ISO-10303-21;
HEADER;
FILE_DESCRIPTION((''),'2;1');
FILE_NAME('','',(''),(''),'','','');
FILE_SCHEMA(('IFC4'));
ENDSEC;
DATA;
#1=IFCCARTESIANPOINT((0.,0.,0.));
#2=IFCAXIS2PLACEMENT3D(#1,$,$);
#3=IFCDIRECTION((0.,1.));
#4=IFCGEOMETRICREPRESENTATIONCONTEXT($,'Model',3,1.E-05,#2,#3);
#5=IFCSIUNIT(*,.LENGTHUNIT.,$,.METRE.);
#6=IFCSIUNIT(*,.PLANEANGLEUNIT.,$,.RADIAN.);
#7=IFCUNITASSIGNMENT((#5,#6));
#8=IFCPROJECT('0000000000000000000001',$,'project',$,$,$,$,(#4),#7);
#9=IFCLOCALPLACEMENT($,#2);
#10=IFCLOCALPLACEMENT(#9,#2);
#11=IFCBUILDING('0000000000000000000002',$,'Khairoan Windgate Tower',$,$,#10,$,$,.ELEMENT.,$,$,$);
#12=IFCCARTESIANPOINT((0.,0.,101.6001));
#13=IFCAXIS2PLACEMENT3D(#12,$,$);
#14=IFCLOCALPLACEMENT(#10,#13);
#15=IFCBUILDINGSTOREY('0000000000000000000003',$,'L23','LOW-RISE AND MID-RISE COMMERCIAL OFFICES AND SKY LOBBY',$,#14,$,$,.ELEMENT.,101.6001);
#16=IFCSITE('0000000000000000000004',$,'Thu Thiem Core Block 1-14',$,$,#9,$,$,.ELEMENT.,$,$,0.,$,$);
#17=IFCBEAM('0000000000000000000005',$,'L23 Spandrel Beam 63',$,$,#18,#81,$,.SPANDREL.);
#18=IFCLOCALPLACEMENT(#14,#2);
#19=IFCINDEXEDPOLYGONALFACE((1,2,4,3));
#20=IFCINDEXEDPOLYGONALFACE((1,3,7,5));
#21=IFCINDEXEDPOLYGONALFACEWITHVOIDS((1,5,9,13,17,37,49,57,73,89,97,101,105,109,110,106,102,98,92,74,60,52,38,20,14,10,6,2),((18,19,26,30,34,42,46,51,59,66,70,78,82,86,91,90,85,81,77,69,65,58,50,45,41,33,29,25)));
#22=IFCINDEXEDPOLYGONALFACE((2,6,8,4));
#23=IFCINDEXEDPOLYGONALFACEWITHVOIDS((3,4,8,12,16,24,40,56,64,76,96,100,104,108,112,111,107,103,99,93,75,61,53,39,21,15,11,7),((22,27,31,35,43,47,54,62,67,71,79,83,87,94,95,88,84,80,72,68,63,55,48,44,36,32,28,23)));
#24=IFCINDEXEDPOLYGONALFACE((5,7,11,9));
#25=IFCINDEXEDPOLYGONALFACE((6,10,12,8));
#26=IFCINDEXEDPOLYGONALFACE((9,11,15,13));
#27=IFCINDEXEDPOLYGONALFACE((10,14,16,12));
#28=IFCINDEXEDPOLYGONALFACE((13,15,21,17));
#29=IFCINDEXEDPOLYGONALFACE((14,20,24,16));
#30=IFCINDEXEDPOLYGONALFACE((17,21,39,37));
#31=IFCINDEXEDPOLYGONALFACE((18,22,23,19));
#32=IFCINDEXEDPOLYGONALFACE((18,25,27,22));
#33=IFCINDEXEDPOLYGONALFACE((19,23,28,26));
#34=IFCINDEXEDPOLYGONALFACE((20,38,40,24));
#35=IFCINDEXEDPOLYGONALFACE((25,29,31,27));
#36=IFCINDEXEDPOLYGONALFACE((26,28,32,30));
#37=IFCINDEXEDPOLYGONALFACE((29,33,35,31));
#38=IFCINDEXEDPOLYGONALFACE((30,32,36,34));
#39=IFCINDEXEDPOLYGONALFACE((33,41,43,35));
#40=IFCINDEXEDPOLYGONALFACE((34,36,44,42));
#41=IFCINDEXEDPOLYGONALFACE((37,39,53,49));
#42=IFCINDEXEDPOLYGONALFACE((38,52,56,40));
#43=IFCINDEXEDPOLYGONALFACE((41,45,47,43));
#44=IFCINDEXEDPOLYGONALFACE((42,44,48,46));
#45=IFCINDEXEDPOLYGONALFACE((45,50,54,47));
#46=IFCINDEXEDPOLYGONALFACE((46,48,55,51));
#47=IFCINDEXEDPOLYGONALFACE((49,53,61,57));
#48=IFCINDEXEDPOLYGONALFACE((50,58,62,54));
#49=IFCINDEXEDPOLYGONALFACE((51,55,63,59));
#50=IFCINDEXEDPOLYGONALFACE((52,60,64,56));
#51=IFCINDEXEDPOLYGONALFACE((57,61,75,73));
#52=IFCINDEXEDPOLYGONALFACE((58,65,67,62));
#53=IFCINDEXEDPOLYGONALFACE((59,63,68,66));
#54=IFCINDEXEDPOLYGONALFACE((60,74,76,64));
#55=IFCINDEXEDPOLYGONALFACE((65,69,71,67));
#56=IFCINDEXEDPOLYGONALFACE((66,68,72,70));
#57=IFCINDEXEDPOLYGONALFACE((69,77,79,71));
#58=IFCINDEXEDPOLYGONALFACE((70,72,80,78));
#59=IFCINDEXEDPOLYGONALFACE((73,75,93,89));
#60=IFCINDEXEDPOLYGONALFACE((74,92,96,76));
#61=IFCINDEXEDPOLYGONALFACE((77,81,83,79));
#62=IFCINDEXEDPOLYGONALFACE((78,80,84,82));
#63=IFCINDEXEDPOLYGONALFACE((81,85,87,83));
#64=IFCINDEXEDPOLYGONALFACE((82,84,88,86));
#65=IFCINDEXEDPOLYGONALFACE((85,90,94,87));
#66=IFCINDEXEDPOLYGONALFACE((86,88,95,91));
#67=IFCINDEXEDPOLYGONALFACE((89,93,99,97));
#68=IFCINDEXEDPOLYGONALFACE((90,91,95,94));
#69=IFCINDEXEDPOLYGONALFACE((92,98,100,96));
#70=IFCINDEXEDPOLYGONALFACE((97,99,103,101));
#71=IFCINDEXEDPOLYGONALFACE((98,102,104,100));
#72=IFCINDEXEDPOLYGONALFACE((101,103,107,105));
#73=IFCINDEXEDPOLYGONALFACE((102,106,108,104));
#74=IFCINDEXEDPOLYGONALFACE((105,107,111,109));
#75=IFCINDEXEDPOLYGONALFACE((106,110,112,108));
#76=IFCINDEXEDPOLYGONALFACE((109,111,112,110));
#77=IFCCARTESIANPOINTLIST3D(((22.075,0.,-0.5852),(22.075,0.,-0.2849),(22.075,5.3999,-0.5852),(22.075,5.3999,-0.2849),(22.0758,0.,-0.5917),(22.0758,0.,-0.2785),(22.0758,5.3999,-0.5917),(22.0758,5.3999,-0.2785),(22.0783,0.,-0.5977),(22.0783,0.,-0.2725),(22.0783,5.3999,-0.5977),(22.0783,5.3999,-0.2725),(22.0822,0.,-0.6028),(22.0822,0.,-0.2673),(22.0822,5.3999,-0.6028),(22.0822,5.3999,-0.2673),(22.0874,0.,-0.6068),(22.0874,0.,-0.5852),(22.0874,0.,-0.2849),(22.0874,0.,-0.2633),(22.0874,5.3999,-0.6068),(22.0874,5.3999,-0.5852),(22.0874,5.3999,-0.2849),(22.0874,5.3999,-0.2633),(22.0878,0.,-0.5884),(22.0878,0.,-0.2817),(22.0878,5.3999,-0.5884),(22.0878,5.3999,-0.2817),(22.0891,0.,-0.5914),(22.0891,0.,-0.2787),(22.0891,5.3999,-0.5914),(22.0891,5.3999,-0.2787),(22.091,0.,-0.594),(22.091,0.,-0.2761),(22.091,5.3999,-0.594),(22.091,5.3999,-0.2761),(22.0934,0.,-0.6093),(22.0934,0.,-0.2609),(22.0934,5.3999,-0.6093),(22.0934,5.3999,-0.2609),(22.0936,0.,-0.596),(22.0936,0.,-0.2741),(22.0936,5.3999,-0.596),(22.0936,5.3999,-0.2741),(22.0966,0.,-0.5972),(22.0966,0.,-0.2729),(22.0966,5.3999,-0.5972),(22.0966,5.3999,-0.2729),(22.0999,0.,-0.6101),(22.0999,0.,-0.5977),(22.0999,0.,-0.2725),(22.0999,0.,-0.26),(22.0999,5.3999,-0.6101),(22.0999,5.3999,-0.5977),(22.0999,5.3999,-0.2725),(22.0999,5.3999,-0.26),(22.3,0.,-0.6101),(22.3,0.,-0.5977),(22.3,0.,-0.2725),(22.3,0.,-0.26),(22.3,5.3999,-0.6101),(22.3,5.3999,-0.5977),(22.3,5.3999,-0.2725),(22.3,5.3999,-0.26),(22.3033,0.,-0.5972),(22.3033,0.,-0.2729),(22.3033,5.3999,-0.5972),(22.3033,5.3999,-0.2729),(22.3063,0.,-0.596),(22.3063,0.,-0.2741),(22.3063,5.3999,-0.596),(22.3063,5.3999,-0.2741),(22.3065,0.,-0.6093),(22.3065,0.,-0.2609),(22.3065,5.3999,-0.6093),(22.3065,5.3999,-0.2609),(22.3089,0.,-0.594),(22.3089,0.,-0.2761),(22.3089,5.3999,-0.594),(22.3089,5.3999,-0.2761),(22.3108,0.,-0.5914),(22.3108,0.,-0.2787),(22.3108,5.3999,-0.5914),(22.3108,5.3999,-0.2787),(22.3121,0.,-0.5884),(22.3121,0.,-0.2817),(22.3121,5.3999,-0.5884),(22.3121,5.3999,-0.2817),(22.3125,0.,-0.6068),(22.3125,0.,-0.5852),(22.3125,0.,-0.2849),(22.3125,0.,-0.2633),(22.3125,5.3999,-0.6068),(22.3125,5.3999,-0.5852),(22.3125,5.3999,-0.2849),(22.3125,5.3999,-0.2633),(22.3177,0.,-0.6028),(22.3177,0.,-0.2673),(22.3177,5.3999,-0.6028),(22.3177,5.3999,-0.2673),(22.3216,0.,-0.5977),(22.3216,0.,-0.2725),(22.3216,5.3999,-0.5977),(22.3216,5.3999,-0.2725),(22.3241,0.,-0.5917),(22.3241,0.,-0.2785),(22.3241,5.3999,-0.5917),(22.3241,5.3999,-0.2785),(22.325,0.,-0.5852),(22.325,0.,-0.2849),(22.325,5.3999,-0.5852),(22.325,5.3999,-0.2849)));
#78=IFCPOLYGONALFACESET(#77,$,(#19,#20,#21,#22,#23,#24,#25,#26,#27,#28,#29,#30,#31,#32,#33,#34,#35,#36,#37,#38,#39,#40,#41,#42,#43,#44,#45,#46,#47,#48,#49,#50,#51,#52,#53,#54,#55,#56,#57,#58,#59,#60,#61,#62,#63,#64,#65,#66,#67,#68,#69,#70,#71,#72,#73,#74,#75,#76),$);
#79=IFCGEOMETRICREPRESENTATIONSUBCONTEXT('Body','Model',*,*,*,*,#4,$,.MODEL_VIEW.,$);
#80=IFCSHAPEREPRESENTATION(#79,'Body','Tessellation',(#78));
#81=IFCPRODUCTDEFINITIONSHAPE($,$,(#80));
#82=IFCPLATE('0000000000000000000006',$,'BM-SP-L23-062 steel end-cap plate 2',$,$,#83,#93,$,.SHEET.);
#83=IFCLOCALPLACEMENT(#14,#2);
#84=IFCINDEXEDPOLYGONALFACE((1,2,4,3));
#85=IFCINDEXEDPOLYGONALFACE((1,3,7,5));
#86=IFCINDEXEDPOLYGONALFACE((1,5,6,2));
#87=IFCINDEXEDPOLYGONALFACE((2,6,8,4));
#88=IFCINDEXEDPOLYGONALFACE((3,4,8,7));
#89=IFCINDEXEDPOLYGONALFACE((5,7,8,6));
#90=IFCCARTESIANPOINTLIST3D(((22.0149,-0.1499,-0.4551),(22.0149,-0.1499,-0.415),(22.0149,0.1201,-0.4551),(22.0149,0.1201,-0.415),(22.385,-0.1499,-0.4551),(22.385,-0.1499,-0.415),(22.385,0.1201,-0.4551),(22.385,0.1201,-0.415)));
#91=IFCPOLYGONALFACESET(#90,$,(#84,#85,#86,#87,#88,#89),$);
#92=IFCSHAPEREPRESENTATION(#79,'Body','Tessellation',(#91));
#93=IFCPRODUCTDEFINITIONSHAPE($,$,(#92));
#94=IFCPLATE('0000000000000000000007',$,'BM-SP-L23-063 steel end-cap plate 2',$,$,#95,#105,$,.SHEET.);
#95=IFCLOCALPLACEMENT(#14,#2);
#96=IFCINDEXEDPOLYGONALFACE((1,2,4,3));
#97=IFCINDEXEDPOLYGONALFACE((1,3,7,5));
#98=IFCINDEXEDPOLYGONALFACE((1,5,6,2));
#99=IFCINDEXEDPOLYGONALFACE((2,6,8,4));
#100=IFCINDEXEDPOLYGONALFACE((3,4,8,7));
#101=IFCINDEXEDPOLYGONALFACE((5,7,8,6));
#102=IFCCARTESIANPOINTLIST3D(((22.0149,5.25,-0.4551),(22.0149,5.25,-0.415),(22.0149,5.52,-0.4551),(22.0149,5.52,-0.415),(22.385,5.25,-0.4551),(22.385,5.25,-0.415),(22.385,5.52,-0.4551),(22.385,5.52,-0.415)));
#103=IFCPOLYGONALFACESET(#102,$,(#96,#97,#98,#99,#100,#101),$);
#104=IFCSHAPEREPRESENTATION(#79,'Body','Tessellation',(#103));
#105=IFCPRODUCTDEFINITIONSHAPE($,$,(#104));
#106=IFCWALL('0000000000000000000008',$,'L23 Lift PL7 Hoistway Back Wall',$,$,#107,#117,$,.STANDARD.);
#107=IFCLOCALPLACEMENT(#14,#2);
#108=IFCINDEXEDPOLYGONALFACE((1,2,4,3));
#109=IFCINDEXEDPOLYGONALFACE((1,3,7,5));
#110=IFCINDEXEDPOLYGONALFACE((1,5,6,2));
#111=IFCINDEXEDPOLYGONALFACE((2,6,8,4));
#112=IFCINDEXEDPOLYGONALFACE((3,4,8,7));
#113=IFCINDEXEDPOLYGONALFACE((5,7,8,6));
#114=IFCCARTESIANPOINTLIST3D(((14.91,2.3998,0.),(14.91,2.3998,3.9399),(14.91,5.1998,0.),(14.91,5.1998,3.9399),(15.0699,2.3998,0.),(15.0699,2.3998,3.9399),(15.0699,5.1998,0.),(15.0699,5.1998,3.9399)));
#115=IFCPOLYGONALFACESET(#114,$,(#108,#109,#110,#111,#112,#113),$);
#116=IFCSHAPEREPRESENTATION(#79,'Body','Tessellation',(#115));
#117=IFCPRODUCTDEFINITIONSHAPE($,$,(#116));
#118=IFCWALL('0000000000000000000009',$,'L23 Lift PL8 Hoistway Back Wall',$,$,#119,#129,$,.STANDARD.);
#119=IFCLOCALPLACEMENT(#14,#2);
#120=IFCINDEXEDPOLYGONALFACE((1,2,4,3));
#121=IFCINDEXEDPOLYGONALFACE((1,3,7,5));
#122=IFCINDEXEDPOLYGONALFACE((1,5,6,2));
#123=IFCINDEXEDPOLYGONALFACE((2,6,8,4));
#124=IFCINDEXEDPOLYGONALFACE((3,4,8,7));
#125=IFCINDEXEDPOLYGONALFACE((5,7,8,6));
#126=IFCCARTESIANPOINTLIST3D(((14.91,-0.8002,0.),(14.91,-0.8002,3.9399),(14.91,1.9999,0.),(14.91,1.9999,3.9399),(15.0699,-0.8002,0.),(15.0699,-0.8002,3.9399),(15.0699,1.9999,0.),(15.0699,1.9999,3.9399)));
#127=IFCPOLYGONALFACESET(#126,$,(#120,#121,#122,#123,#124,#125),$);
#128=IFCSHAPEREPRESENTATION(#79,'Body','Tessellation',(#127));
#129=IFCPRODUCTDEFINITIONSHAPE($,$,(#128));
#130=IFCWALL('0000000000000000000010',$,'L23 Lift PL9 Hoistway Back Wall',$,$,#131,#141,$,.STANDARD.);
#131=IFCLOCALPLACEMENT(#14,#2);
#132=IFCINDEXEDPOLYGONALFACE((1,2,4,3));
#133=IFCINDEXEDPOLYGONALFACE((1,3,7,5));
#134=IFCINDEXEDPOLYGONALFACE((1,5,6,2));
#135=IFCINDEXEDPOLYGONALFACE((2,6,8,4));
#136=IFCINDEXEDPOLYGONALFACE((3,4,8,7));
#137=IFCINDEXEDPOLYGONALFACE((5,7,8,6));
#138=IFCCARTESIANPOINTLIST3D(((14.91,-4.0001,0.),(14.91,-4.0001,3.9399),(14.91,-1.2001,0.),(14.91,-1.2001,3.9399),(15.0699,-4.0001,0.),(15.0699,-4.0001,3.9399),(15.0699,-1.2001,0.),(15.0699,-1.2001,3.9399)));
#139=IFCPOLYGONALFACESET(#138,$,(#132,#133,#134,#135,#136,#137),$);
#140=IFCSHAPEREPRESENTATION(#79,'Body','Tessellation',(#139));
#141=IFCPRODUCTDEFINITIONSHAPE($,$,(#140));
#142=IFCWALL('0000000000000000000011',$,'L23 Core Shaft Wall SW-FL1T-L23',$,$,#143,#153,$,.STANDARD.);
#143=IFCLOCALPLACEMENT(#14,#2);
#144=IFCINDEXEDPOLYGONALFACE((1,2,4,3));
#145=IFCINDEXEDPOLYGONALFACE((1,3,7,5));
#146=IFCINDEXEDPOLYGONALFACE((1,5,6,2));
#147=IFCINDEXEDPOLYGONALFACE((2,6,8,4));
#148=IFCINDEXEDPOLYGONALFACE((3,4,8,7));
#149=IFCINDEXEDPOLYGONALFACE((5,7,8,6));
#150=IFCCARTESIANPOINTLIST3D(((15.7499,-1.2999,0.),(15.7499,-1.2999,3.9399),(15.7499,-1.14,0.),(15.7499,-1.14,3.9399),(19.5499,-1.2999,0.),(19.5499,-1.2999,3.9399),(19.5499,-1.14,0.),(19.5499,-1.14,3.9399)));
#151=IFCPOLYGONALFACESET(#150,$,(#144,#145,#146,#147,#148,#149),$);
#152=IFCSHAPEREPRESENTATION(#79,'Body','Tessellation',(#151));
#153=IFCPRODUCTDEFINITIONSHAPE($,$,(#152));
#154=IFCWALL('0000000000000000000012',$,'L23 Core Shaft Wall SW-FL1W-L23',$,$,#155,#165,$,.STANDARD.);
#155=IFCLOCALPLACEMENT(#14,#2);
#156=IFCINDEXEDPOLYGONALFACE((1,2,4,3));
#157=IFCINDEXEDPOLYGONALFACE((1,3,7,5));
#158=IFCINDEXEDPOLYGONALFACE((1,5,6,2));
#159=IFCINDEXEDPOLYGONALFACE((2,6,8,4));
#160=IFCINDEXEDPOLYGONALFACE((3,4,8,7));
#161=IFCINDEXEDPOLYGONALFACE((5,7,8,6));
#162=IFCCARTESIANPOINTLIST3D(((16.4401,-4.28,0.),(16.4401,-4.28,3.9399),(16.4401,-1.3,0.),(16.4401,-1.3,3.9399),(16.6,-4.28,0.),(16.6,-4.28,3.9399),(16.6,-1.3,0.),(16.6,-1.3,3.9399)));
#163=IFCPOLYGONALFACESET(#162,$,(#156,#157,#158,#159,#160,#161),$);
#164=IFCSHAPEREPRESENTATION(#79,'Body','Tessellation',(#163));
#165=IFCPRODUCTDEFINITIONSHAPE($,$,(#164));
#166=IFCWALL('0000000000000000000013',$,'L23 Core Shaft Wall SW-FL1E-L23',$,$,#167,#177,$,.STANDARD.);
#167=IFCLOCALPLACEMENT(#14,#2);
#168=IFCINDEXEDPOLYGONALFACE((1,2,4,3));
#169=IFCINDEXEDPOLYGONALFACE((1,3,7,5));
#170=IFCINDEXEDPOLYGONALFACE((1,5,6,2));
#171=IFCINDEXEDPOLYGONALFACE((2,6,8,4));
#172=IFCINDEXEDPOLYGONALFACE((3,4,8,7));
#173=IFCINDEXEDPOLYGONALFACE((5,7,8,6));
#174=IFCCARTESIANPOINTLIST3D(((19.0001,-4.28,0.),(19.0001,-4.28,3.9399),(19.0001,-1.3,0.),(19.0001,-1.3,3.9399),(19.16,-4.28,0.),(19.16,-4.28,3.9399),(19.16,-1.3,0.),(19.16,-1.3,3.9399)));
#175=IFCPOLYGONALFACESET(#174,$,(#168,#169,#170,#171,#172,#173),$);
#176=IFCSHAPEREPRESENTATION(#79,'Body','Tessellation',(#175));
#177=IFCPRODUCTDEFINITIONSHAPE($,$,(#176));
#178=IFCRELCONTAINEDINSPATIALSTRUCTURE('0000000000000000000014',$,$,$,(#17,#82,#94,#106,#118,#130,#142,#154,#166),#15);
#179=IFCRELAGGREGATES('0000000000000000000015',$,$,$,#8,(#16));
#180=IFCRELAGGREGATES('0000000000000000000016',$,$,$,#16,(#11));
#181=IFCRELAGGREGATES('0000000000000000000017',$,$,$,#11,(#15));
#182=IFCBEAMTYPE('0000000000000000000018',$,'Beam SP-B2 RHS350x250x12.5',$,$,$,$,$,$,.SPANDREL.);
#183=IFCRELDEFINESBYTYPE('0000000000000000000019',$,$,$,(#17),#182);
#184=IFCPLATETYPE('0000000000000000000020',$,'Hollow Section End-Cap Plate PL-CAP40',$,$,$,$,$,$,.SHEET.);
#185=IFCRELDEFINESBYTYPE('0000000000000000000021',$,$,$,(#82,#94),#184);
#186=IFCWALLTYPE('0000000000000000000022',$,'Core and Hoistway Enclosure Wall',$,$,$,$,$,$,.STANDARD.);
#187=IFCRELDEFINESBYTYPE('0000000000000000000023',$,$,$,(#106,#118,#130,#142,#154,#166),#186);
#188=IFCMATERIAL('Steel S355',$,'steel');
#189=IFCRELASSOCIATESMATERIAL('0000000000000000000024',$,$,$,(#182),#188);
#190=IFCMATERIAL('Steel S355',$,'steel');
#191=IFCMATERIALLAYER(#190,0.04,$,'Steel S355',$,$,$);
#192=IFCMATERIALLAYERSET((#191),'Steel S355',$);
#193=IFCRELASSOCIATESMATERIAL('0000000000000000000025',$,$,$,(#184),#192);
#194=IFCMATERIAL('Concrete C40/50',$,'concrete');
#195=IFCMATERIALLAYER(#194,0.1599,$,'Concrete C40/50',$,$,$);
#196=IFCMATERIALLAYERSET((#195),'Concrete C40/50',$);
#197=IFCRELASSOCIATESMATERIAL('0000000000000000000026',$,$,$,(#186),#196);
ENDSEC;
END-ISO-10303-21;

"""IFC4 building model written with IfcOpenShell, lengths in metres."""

from ifc_helpers import new_model, si_unit, direction, frame, frame_2d, origin, origin_2d, place, context, subcontext, project, spatial, rectangle, hollow_rectangle, extrude, material, layer, layer_set, material_profile, profile_set, type_object, element, save


model = new_model("IFC4")

# Units and contexts
model_context = context("Model", 3, precision=1e-05, world=origin(), true_north=direction((0.0, 1.0)))
body_context = subcontext(model_context, "Body", "Model", "MODEL_VIEW")
ifc_project = project(units=[si_unit("LENGTHUNIT", "METRE"), si_unit("PLANEANGLEUNIT", "RADIAN")], contexts=[model_context])

# Site, building, storey
site_placement = place(None, origin())
site = spatial("IfcSite", under=ifc_project, at=site_placement, Name="Thu Thiem Core Block 1-14", CompositionType="ELEMENT", RefElevation=0.0)
building_placement = place(site_placement, origin())
building = spatial("IfcBuilding", under=site, at=building_placement, Name="Khairoan Windgate Tower", CompositionType="ELEMENT")
storey_placement = place(building_placement, frame((0.0, 0.0, 101.6001)))
storey = spatial("IfcBuildingStorey", under=building, at=storey_placement, Name="L23", Description="LOW-RISE AND MID-RISE COMMERCIAL OFFICES AND SKY LOBBY", CompositionType="ELEMENT", Elevation=101.6001)

# Beam
ifc_material_1 = material(Name="Steel S355", Category="steel")
ifc_material_profile_1 = material_profile(ifc_material_1, hollow_rectangle(XDim=0.25, YDim=0.3501, WallThickness=0.0125, InnerFilletRadius=0.0125, OuterFilletRadius=0.0249, at=origin_2d()))
ifc_profile_set_1 = profile_set([ifc_material_profile_1], Name="Steel S355")
beam_type_1 = type_object("IfcBeamType", Name="Beam SP-B2 RHS350x250x12.5", PredefinedType="SPANDREL", material=ifc_profile_set_1)
beam_1_placement = place(storey_placement, frame((22.2, 0.0, -0.4351), z_axis=(0.0, 1.0, 0.0), x_axis=(-1.0, 0.0, 0.0)))
element("IfcBeam", 1, at=beam_1_placement, inside=storey, type_object=beam_type_1, Name="L23 Spandrel Beam 63", PredefinedType="SPANDREL", context=body_context, shape_type="SweptSolid", body=[
    extrude(hollow_rectangle(XDim=0.25, YDim=0.3501, WallThickness=0.0125, InnerFilletRadius=0.0125, OuterFilletRadius=0.0249, at=origin_2d()), origin(), (0.0, 0.0, 1.0), 5.3999),
])

# Plates
ifc_material_2 = material(Name="Steel S355", Category="steel")
ifc_layer_1 = layer(ifc_material_2, 0.04, Name="Steel S355")
ifc_layer_set_1 = layer_set([ifc_layer_1], Name="Steel S355")
plate_type = type_object("IfcPlateType", Name="Hollow Section End-Cap Plate PL-CAP40", PredefinedType="SHEET", material=ifc_layer_set_1)
for number, where, z_axis, x_axis, name in (
    (2, (22.2, -0.0149, -0.4551), (0.0, 0.0, 1.0), (0.0, 1.0, 0.0), "BM-SP-L23-062 steel end-cap plate 2"),
    (3, (22.2, 5.385, -0.4551), (0.0, 0.0, 1.0), (0.0, 1.0, 0.0), "BM-SP-L23-063 steel end-cap plate 2"),
):
    element("IfcPlate", number, at=place(storey_placement, frame(where, z_axis=z_axis, x_axis=x_axis)), inside=storey, type_object=plate_type, Name=name, PredefinedType="SHEET", context=body_context, shape_type="SweptSolid", body=[
        extrude(rectangle(XDim=0.27, YDim=0.3701, at=origin_2d()), origin(), (0.0, 0.0, 1.0), 0.04),
    ])

# Walls
ifc_material_3 = material(Name="Concrete C40/50", Category="concrete")
ifc_layer_2 = layer(ifc_material_3, 0.1599, Name="Concrete C40/50")
ifc_layer_set_2 = layer_set([ifc_layer_2], Name="Concrete C40/50")
wall_type_1 = type_object("IfcWallType", Name="Core and Hoistway Enclosure Wall", PredefinedType="STANDARD", material=ifc_layer_set_2)
for number, where, z_axis, x_axis, name in (
    (4, (14.99, 2.3999, 0.0), (0.0, 0.0, 1.0), (0.0, 1.0, 0.0), "L23 Lift PL7 Hoistway Back Wall"),
    (5, (14.99, -0.8, 0.0), (0.0, 0.0, 1.0), (0.0, 1.0, 0.0), "L23 Lift PL8 Hoistway Back Wall"),
    (6, (14.99, -4.0, 0.0), (0.0, 0.0, 1.0), (0.0, 1.0, 0.0), "L23 Lift PL9 Hoistway Back Wall"),
):
    element("IfcWall", number, at=place(storey_placement, frame(where, z_axis=z_axis, x_axis=x_axis)), inside=storey, type_object=wall_type_1, Name=name, PredefinedType="STANDARD", context=body_context, shape_type="SweptSolid", body=[
        extrude(rectangle(XDim=2.8, YDim=0.1599, at=frame_2d((1.3999, 0.0))), origin(), (0.0, 0.0, 1.0), 3.9399),
    ])
wall_1_placement = place(storey_placement, frame((15.75, -1.22, 0.0), z_axis=(0.0, 0.0, 1.0), x_axis=(1.0, 0.0, 0.0)))
element("IfcWall", 7, at=wall_1_placement, inside=storey, type_object=wall_type_1, Name="L23 Core Shaft Wall SW-FL1T-L23", PredefinedType="STANDARD", context=body_context, shape_type="SweptSolid", body=[
    extrude(rectangle(XDim=3.8, YDim=0.1599, at=frame_2d((1.8999, 0.0))), origin(), (0.0, 0.0, 1.0), 3.9399),
])
for number, where, z_axis, x_axis, name in (
    (8, (16.52, -4.28, 0.0), (0.0, 0.0, 1.0), (0.0, 1.0, 0.0), "L23 Core Shaft Wall SW-FL1W-L23"),
    (9, (19.0801, -4.28, 0.0), (0.0, 0.0, 1.0), (0.0, 1.0, 0.0), "L23 Core Shaft Wall SW-FL1E-L23"),
):
    element("IfcWall", number, at=place(storey_placement, frame(where, z_axis=z_axis, x_axis=x_axis)), inside=storey, type_object=wall_type_1, Name=name, PredefinedType="STANDARD", context=body_context, shape_type="SweptSolid", body=[
        extrude(rectangle(XDim=2.98, YDim=0.1599, at=frame_2d((1.49, 0.0))), origin(), (0.0, 0.0, 1.0), 3.9399),
    ])

save(model, "model.ifc")
